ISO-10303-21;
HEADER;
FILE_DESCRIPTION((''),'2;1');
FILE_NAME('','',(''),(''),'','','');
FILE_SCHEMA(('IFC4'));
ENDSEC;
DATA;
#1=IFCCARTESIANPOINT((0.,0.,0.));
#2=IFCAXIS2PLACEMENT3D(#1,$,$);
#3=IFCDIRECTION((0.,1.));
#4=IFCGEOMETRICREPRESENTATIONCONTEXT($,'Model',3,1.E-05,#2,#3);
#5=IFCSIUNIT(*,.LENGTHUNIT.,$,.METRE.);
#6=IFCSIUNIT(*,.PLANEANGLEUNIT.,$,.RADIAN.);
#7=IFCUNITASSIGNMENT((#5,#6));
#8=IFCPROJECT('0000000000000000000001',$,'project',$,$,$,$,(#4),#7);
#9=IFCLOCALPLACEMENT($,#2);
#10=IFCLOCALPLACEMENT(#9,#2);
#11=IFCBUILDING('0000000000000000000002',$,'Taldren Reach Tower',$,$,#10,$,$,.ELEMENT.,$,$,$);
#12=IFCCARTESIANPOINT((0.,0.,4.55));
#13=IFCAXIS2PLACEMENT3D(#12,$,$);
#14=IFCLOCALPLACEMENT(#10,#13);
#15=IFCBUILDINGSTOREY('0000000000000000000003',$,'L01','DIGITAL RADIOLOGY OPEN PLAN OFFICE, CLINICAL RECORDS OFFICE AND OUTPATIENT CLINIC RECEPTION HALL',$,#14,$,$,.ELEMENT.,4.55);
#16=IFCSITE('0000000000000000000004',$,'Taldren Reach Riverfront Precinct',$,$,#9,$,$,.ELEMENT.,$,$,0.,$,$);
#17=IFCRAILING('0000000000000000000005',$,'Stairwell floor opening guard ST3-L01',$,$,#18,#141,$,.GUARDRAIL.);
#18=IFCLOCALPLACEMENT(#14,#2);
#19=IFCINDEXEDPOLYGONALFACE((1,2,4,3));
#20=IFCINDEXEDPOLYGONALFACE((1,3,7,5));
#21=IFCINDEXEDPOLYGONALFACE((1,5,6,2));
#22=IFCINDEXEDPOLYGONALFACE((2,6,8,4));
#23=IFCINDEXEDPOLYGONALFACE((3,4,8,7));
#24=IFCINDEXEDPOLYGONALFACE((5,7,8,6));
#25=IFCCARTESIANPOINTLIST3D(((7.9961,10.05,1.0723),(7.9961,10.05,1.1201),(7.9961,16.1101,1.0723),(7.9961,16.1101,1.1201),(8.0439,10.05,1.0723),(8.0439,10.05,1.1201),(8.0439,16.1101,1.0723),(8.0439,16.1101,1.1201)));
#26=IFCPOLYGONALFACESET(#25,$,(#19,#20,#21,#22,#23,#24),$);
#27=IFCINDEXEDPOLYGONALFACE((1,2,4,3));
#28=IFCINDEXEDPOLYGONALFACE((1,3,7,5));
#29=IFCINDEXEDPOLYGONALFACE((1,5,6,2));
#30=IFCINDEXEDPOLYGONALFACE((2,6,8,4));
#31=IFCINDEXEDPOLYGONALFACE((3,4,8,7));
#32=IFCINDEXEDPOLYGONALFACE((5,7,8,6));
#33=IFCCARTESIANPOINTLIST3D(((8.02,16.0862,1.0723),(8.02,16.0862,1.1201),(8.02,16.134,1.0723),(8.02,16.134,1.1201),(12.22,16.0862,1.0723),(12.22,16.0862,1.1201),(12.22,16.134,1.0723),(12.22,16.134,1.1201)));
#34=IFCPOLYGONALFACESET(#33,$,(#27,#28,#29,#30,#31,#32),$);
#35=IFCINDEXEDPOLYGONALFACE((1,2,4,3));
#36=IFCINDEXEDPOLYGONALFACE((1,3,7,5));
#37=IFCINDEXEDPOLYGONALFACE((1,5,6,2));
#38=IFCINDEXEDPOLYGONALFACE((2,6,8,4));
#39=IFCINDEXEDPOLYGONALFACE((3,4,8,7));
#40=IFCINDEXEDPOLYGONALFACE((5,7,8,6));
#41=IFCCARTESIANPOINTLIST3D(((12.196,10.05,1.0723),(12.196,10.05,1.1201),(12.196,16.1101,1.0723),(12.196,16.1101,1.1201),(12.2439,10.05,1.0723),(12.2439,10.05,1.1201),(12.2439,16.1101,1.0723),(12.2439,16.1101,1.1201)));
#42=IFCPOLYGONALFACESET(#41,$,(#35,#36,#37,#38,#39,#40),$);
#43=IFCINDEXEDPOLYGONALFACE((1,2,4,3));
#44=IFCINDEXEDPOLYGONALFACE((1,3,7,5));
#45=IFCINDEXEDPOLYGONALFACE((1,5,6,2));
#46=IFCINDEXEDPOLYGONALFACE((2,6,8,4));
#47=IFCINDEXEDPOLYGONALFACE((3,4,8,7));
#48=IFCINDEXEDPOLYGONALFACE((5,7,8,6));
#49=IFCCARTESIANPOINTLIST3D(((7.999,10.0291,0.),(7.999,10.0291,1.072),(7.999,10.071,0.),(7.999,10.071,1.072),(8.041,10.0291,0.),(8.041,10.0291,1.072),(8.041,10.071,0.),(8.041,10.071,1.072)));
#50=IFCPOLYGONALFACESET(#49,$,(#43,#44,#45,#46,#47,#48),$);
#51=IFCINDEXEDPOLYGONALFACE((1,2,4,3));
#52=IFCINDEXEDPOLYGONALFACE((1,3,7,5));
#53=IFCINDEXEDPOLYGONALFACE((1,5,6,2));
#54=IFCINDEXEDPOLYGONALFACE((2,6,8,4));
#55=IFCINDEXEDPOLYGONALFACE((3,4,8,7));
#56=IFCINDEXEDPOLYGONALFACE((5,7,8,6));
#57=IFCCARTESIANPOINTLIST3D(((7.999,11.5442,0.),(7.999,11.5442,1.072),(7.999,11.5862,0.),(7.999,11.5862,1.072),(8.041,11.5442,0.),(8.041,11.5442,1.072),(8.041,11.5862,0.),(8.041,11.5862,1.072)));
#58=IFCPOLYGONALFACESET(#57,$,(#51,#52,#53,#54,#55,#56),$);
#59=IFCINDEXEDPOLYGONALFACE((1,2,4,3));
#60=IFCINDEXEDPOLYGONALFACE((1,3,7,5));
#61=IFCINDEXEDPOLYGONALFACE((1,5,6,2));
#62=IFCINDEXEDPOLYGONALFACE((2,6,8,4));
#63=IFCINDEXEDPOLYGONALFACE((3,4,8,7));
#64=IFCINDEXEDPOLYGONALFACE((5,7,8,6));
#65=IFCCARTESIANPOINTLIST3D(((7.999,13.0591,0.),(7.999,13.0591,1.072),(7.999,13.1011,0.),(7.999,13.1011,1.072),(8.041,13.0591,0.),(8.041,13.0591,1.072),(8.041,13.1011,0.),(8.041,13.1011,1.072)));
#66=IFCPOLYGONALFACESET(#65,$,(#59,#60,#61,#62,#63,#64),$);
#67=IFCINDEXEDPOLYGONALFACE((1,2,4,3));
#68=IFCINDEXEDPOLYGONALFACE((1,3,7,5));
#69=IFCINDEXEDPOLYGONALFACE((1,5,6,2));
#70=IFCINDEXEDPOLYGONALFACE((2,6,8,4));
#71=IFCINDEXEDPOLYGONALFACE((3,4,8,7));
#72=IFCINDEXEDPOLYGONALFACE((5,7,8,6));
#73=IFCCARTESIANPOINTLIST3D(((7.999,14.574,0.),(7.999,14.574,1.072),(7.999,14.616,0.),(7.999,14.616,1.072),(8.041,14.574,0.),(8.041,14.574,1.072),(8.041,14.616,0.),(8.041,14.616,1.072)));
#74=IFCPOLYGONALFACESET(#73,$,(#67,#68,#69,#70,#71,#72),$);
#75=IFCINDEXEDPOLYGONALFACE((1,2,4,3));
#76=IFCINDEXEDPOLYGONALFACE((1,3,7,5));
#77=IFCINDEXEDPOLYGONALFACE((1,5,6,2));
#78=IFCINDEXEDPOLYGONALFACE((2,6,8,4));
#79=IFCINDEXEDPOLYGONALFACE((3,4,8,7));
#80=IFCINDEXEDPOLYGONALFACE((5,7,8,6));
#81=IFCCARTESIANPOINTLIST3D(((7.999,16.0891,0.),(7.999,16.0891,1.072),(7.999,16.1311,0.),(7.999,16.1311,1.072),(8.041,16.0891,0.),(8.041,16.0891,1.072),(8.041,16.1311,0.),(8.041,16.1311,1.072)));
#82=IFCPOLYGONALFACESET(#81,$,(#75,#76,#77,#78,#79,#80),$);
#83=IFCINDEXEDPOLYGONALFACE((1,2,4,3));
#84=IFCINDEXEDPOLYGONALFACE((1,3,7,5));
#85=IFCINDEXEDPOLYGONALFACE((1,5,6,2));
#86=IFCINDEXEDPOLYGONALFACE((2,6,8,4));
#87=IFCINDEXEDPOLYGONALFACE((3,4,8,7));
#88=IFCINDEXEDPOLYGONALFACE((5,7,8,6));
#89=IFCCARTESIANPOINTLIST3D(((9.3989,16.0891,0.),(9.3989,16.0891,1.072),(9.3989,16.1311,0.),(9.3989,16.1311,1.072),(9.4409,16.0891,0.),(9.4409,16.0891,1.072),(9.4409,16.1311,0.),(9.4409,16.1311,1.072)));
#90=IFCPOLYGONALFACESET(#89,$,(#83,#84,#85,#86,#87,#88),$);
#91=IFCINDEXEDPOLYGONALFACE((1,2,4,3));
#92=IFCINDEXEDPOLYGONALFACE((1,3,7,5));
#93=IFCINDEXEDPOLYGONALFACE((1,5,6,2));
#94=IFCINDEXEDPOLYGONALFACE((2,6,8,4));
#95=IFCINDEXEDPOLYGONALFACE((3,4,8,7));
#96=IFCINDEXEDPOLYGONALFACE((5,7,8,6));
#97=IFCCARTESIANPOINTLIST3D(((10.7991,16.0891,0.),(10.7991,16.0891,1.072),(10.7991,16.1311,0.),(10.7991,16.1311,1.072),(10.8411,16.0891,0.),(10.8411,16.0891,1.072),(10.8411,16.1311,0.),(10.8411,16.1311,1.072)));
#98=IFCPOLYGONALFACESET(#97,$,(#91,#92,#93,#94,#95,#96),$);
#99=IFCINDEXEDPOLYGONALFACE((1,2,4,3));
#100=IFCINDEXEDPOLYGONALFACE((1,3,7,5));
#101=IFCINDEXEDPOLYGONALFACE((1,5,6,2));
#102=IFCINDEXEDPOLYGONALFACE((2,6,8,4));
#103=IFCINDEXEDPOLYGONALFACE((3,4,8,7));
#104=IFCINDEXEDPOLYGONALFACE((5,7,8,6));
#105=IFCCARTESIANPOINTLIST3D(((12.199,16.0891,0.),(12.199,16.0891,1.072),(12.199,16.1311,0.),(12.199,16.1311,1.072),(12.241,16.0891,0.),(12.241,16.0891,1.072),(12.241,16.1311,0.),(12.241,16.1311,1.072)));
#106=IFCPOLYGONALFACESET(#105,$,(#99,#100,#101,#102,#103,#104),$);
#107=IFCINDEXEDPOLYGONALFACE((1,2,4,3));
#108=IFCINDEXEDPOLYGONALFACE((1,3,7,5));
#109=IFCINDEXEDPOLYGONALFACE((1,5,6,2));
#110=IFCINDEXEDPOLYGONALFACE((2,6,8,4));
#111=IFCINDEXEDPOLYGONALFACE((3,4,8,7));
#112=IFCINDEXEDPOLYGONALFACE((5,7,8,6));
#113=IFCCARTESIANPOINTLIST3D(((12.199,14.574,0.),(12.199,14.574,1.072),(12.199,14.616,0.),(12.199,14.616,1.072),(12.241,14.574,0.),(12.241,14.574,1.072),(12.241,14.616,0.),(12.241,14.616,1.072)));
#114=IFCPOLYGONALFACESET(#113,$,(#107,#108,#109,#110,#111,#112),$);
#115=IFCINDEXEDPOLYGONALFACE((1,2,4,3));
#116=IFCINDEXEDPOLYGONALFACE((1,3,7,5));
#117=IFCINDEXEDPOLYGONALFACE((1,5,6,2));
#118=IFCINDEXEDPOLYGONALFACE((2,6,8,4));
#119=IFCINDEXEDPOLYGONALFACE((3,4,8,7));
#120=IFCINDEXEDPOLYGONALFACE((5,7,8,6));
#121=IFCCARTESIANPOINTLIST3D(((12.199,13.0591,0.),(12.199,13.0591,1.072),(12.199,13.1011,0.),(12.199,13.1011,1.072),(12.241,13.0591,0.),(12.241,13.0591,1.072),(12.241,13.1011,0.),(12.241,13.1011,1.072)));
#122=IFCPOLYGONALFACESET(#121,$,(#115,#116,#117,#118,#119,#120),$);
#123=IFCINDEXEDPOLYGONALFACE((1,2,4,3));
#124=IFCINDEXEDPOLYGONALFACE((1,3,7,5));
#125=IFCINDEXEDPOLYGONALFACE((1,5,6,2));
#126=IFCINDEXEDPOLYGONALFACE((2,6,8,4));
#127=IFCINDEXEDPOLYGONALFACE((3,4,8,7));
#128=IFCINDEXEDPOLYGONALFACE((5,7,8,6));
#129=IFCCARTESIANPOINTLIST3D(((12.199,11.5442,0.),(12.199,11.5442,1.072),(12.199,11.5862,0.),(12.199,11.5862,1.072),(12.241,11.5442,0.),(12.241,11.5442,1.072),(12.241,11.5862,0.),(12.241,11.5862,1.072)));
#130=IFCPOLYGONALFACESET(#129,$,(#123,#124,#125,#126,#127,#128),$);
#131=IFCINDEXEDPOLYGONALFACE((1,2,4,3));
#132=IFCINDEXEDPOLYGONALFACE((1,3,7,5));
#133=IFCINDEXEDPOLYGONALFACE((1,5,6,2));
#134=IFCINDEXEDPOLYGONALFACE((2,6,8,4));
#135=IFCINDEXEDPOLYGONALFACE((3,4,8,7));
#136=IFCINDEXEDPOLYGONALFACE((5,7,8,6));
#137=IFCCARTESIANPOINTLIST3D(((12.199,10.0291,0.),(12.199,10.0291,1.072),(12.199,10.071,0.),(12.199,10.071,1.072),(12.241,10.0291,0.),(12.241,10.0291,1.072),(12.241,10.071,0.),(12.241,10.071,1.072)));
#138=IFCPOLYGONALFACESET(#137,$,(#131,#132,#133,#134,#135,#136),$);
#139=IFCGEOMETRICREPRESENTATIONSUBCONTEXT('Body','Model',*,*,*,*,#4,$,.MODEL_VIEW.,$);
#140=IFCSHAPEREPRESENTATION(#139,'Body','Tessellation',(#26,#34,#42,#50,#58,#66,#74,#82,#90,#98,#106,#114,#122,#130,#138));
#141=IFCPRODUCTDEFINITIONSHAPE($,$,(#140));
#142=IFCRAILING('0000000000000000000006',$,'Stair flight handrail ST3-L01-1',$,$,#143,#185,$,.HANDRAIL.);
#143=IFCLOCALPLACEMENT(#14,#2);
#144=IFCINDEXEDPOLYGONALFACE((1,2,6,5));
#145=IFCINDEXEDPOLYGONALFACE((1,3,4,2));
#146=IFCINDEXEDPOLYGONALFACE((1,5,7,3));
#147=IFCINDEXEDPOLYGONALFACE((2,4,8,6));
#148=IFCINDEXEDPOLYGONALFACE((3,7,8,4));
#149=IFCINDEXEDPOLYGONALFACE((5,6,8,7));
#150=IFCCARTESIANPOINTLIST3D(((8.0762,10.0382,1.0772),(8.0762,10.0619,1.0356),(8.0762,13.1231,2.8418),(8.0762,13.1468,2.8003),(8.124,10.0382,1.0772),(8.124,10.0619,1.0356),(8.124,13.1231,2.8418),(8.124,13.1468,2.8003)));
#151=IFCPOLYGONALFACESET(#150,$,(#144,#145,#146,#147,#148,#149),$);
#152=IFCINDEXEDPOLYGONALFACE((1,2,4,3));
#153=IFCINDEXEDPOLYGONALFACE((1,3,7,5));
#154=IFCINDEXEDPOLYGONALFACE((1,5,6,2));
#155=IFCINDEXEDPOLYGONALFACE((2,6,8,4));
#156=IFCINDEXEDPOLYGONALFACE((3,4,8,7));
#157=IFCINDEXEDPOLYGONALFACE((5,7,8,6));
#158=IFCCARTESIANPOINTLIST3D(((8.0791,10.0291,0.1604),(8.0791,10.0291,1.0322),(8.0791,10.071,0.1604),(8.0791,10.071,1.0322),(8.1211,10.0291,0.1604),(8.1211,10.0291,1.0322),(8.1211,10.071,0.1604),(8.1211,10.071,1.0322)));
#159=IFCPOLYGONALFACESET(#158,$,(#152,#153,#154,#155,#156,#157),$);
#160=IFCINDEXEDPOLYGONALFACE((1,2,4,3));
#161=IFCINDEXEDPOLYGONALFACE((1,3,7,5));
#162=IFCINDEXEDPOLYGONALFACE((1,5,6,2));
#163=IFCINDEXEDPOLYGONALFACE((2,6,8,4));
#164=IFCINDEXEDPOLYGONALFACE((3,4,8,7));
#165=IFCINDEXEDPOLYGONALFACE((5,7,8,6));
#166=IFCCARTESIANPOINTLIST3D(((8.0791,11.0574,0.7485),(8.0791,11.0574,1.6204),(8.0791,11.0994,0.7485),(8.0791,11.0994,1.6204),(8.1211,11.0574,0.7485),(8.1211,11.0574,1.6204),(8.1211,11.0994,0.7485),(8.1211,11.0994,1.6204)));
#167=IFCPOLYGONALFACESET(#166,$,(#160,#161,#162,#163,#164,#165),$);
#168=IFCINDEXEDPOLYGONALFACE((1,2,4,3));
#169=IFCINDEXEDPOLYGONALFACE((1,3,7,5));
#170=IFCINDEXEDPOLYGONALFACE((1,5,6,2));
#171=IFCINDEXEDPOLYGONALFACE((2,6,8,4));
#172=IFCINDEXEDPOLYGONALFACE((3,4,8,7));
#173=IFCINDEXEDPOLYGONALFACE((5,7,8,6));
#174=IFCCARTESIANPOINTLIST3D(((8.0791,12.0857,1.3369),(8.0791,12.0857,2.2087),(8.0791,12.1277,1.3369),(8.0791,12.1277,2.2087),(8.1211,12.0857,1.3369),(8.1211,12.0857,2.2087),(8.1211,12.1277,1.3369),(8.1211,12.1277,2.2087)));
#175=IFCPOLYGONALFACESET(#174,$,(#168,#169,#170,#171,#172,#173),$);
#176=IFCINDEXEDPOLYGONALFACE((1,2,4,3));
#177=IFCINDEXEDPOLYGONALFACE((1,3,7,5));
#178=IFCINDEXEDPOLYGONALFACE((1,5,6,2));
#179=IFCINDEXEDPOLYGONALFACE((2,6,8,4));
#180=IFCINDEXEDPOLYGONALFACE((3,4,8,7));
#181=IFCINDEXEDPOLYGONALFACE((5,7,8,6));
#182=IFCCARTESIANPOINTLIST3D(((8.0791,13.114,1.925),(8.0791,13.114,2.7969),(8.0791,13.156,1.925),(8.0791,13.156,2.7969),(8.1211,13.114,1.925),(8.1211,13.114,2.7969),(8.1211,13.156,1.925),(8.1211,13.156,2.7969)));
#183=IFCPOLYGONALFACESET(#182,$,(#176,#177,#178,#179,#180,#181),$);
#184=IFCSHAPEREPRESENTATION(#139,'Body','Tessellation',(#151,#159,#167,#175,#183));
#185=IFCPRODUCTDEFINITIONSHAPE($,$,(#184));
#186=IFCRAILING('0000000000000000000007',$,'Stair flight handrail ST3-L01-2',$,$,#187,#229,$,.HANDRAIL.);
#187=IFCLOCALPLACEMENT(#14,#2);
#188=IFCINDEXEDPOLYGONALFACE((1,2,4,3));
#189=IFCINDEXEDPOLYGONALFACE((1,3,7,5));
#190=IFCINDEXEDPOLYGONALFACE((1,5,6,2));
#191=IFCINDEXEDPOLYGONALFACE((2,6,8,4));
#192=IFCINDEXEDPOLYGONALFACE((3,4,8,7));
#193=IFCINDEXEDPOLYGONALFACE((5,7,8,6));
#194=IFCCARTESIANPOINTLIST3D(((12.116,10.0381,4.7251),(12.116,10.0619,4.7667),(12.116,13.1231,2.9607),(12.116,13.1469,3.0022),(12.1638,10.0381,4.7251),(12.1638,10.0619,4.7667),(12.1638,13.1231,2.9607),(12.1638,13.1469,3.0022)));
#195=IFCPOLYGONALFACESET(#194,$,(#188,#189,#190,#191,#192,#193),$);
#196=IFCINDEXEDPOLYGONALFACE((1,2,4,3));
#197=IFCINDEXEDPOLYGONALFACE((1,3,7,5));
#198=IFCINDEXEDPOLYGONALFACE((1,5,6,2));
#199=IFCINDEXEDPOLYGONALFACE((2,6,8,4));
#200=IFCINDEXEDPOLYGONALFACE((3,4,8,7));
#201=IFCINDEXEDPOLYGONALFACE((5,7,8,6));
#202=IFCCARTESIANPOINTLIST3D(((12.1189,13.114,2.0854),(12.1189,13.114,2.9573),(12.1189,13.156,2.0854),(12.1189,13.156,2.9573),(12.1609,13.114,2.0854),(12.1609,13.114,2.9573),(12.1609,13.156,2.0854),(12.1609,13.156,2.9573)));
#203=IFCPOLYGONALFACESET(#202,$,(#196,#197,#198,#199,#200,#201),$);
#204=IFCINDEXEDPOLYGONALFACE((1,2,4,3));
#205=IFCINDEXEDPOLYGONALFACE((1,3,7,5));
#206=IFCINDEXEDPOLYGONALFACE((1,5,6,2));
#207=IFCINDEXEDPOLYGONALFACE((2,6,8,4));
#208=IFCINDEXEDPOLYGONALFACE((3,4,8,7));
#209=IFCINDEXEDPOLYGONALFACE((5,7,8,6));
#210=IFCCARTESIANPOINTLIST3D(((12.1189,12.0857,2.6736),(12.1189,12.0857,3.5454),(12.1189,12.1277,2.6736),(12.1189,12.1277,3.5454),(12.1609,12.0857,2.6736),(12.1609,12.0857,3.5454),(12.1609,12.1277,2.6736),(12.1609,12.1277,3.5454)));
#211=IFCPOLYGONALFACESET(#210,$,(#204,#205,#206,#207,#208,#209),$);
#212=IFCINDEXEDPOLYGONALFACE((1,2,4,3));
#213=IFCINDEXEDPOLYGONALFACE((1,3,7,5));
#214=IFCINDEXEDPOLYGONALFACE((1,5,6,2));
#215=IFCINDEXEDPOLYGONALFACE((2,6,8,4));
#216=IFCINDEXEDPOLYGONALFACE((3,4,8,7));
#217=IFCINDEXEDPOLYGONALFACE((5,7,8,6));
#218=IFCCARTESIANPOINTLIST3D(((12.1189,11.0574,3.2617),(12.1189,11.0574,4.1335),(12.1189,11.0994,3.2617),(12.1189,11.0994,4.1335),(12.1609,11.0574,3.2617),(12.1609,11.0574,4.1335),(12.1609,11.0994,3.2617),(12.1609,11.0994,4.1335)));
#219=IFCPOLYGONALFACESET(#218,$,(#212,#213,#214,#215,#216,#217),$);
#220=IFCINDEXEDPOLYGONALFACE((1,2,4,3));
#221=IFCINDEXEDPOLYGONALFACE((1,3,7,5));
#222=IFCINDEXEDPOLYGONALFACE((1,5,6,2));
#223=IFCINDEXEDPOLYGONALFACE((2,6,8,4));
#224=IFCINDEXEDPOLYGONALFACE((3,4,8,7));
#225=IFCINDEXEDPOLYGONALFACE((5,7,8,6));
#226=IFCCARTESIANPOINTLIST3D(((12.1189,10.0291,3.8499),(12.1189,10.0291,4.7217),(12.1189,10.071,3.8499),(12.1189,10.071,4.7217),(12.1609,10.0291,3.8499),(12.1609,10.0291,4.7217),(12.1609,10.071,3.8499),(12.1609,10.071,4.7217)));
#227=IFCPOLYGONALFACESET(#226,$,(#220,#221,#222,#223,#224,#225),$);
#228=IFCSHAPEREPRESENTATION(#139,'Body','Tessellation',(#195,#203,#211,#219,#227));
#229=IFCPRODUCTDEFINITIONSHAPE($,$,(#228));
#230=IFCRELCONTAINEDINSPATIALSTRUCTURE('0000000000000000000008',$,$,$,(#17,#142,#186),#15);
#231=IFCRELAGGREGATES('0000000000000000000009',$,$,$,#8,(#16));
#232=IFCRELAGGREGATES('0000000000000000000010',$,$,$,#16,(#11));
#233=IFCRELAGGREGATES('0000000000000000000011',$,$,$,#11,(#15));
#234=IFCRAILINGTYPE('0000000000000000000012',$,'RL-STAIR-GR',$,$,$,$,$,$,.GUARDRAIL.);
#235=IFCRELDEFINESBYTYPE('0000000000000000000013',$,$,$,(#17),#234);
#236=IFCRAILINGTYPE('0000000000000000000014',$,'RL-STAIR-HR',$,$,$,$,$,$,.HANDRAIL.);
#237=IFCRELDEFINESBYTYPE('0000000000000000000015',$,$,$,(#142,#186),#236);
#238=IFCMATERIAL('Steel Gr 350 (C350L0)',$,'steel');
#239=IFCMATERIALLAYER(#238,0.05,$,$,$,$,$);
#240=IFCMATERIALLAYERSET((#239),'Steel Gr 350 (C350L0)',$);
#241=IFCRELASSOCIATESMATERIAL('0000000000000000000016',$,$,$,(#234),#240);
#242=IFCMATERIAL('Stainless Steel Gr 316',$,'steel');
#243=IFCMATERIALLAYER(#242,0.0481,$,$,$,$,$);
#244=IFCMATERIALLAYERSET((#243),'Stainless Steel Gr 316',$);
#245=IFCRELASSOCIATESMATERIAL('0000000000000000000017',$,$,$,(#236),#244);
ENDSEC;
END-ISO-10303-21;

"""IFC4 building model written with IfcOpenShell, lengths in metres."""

from ifc_helpers import new_model, si_unit, direction, frame, origin, origin_2d, place, context, subcontext, project, spatial, rectangle, extrude, material, layer, layer_set, type_object, element, save


model = new_model("IFC4")

# Units and contexts
model_context = context("Model", 3, precision=1e-05, world=origin(), true_north=direction((0.0, 1.0)))
body_context = subcontext(model_context, "Body", "Model", "MODEL_VIEW")
ifc_project = project(units=[si_unit("LENGTHUNIT", "METRE"), si_unit("PLANEANGLEUNIT", "RADIAN")], contexts=[model_context])

# Site, building, storey
site_placement = place(None, origin())
site = spatial("IfcSite", under=ifc_project, at=site_placement, Name="Taldren Reach Riverfront Precinct", CompositionType="ELEMENT", RefElevation=0.0)
building_placement = place(site_placement, origin())
building = spatial("IfcBuilding", under=site, at=building_placement, Name="Taldren Reach Tower", CompositionType="ELEMENT")
storey_placement = place(building_placement, frame((0.0, 0.0, 4.55)))
storey = spatial("IfcBuildingStorey", under=building, at=storey_placement, Name="L01", Description="DIGITAL RADIOLOGY OPEN PLAN OFFICE, CLINICAL RECORDS OFFICE AND OUTPATIENT CLINIC RECEPTION HALL", CompositionType="ELEMENT", Elevation=4.55)

# Shared definitions
ifc_material_1 = material(Name="Steel Gr 350 (C350L0)", Category="steel")

# Railings
ifc_layer_1 = layer(ifc_material_1, 0.05)
ifc_layer_set_1 = layer_set([ifc_layer_1], Name="Steel Gr 350 (C350L0)")
railing_type_1 = type_object("IfcRailingType", Name="RL-STAIR-GR", PredefinedType="GUARDRAIL", material=ifc_layer_set_1)
railing_1_placement = place(storey_placement, frame((8.02, 10.05, 0.0)))
element("IfcRailing", 1, at=railing_1_placement, inside=storey, type_object=railing_type_1, Name="Stairwell floor opening guard ST3-L01", PredefinedType="GUARDRAIL", context=body_context, shape_type="SweptSolid", body=[
    extrude(rectangle(XDim=0.0479, YDim=0.0479, at=origin_2d()), frame((0.0, 0.0, 1.0962), z_axis=(0.0, 1.0, 0.0), x_axis=(-1.0, 0.0, 0.0)), (0.0, 0.0, 1.0), 6.0601),
    extrude(rectangle(XDim=0.0479, YDim=0.0479, at=origin_2d()), frame((0.0, 6.0601, 1.0962), z_axis=(1.0, 0.0, 0.0), x_axis=(0.0, 1.0, 0.0)), (0.0, 0.0, 1.0), 4.2),
    extrude(rectangle(XDim=0.0479, YDim=0.0479, at=origin_2d()), frame((4.2, 6.0601, 1.0962), z_axis=(0.0, -1.0, 0.0), x_axis=(1.0, 0.0, 0.0)), (0.0, 0.0, 1.0), 6.0601),
    extrude(rectangle(XDim=0.042, YDim=0.042, at=origin_2d()), origin(), (0.0, 0.0, 1.0), 1.072),
    extrude(rectangle(XDim=0.042, YDim=0.042, at=origin_2d()), frame((0.0, 1.5151, 0.0)), (0.0, 0.0, 1.0), 1.072),
    extrude(rectangle(XDim=0.042, YDim=0.042, at=origin_2d()), frame((0.0, 3.03, 0.0)), (0.0, 0.0, 1.0), 1.072),
    extrude(rectangle(XDim=0.042, YDim=0.042, at=origin_2d()), frame((0.0, 4.5449, 0.0)), (0.0, 0.0, 1.0), 1.072),
    extrude(rectangle(XDim=0.042, YDim=0.042, at=origin_2d()), frame((0.0, 6.0601, 0.0)), (0.0, 0.0, 1.0), 1.072),
    extrude(rectangle(XDim=0.042, YDim=0.042, at=origin_2d()), frame((1.3999, 6.0601, 0.0)), (0.0, 0.0, 1.0), 1.072),
    extrude(rectangle(XDim=0.042, YDim=0.042, at=origin_2d()), frame((2.8, 6.0601, 0.0)), (0.0, 0.0, 1.0), 1.072),
    extrude(rectangle(XDim=0.042, YDim=0.042, at=origin_2d()), frame((4.2, 6.0601, 0.0)), (0.0, 0.0, 1.0), 1.072),
    extrude(rectangle(XDim=0.042, YDim=0.042, at=origin_2d()), frame((4.2, 4.5449, 0.0)), (0.0, 0.0, 1.0), 1.072),
    extrude(rectangle(XDim=0.042, YDim=0.042, at=origin_2d()), frame((4.2, 3.03, 0.0)), (0.0, 0.0, 1.0), 1.072),
    extrude(rectangle(XDim=0.042, YDim=0.042, at=origin_2d()), frame((4.2, 1.5151, 0.0)), (0.0, 0.0, 1.0), 1.072),
    extrude(rectangle(XDim=0.042, YDim=0.042, at=origin_2d()), frame((4.2, 0.0, 0.0)), (0.0, 0.0, 1.0), 1.072),
])
ifc_material_2 = material(Name="Stainless Steel Gr 316", Category="steel")
ifc_layer_2 = layer(ifc_material_2, 0.0481)
ifc_layer_set_2 = layer_set([ifc_layer_2], Name="Stainless Steel Gr 316")
railing_type_2 = type_object("IfcRailingType", Name="RL-STAIR-HR", PredefinedType="HANDRAIL", material=ifc_layer_set_2)
railing_2_placement = place(storey_placement, frame((8.1001, 10.05, 0.1604)))
element("IfcRailing", 2, at=railing_2_placement, inside=storey, type_object=railing_type_2, Name="Stair flight handrail ST3-L01-1", PredefinedType="HANDRAIL", context=body_context, shape_type="SweptSolid", body=[
    extrude(rectangle(XDim=0.0479, YDim=0.0479, at=origin_2d()), frame((0.0, 0.0, 0.896), z_axis=(0.0, 0.868023, 0.496524), x_axis=(-1.0, 0.0, 0.0)), (0.0, 0.0, 1.0), 3.554),
    extrude(rectangle(XDim=0.042, YDim=0.042, at=origin_2d()), origin(), (0.0, 0.0, 1.0), 0.8718),
    extrude(rectangle(XDim=0.042, YDim=0.042, at=origin_2d()), frame((0.0, 1.0283, 0.5881)), (0.0, 0.0, 1.0), 0.8718),
    extrude(rectangle(XDim=0.042, YDim=0.042, at=origin_2d()), frame((0.0, 2.0566, 1.1765)), (0.0, 0.0, 1.0), 0.8718),
    extrude(rectangle(XDim=0.042, YDim=0.042, at=origin_2d()), frame((0.0, 3.085, 1.7646)), (0.0, 0.0, 1.0), 0.8718),
])
railing_3_placement = place(storey_placement, frame((12.1399, 13.135, 2.0854)))
element("IfcRailing", 3, at=railing_3_placement, inside=storey, type_object=railing_type_2, Name="Stair flight handrail ST3-L01-2", PredefinedType="HANDRAIL", context=body_context, shape_type="SweptSolid", body=[
    extrude(rectangle(XDim=0.0479, YDim=0.0479, at=origin_2d()), frame((0.0, 0.0, 0.896), z_axis=(0.0, -0.868053, 0.496472), x_axis=(1.0, 0.0, 0.0)), (0.0, 0.0, 1.0), 3.554),
    extrude(rectangle(XDim=0.042, YDim=0.042, at=origin_2d()), origin(), (0.0, 0.0, 1.0), 0.8718),
    extrude(rectangle(XDim=0.042, YDim=0.042, at=origin_2d()), frame((0.0, -1.0283, 0.5881)), (0.0, 0.0, 1.0), 0.8718),
    extrude(rectangle(XDim=0.042, YDim=0.042, at=origin_2d()), frame((0.0, -2.0566, 1.1763)), (0.0, 0.0, 1.0), 0.8718),
    extrude(rectangle(XDim=0.042, YDim=0.042, at=origin_2d()), frame((0.0, -3.085, 1.7644)), (0.0, 0.0, 1.0), 0.8718),
])

save(model, "model.ifc")
